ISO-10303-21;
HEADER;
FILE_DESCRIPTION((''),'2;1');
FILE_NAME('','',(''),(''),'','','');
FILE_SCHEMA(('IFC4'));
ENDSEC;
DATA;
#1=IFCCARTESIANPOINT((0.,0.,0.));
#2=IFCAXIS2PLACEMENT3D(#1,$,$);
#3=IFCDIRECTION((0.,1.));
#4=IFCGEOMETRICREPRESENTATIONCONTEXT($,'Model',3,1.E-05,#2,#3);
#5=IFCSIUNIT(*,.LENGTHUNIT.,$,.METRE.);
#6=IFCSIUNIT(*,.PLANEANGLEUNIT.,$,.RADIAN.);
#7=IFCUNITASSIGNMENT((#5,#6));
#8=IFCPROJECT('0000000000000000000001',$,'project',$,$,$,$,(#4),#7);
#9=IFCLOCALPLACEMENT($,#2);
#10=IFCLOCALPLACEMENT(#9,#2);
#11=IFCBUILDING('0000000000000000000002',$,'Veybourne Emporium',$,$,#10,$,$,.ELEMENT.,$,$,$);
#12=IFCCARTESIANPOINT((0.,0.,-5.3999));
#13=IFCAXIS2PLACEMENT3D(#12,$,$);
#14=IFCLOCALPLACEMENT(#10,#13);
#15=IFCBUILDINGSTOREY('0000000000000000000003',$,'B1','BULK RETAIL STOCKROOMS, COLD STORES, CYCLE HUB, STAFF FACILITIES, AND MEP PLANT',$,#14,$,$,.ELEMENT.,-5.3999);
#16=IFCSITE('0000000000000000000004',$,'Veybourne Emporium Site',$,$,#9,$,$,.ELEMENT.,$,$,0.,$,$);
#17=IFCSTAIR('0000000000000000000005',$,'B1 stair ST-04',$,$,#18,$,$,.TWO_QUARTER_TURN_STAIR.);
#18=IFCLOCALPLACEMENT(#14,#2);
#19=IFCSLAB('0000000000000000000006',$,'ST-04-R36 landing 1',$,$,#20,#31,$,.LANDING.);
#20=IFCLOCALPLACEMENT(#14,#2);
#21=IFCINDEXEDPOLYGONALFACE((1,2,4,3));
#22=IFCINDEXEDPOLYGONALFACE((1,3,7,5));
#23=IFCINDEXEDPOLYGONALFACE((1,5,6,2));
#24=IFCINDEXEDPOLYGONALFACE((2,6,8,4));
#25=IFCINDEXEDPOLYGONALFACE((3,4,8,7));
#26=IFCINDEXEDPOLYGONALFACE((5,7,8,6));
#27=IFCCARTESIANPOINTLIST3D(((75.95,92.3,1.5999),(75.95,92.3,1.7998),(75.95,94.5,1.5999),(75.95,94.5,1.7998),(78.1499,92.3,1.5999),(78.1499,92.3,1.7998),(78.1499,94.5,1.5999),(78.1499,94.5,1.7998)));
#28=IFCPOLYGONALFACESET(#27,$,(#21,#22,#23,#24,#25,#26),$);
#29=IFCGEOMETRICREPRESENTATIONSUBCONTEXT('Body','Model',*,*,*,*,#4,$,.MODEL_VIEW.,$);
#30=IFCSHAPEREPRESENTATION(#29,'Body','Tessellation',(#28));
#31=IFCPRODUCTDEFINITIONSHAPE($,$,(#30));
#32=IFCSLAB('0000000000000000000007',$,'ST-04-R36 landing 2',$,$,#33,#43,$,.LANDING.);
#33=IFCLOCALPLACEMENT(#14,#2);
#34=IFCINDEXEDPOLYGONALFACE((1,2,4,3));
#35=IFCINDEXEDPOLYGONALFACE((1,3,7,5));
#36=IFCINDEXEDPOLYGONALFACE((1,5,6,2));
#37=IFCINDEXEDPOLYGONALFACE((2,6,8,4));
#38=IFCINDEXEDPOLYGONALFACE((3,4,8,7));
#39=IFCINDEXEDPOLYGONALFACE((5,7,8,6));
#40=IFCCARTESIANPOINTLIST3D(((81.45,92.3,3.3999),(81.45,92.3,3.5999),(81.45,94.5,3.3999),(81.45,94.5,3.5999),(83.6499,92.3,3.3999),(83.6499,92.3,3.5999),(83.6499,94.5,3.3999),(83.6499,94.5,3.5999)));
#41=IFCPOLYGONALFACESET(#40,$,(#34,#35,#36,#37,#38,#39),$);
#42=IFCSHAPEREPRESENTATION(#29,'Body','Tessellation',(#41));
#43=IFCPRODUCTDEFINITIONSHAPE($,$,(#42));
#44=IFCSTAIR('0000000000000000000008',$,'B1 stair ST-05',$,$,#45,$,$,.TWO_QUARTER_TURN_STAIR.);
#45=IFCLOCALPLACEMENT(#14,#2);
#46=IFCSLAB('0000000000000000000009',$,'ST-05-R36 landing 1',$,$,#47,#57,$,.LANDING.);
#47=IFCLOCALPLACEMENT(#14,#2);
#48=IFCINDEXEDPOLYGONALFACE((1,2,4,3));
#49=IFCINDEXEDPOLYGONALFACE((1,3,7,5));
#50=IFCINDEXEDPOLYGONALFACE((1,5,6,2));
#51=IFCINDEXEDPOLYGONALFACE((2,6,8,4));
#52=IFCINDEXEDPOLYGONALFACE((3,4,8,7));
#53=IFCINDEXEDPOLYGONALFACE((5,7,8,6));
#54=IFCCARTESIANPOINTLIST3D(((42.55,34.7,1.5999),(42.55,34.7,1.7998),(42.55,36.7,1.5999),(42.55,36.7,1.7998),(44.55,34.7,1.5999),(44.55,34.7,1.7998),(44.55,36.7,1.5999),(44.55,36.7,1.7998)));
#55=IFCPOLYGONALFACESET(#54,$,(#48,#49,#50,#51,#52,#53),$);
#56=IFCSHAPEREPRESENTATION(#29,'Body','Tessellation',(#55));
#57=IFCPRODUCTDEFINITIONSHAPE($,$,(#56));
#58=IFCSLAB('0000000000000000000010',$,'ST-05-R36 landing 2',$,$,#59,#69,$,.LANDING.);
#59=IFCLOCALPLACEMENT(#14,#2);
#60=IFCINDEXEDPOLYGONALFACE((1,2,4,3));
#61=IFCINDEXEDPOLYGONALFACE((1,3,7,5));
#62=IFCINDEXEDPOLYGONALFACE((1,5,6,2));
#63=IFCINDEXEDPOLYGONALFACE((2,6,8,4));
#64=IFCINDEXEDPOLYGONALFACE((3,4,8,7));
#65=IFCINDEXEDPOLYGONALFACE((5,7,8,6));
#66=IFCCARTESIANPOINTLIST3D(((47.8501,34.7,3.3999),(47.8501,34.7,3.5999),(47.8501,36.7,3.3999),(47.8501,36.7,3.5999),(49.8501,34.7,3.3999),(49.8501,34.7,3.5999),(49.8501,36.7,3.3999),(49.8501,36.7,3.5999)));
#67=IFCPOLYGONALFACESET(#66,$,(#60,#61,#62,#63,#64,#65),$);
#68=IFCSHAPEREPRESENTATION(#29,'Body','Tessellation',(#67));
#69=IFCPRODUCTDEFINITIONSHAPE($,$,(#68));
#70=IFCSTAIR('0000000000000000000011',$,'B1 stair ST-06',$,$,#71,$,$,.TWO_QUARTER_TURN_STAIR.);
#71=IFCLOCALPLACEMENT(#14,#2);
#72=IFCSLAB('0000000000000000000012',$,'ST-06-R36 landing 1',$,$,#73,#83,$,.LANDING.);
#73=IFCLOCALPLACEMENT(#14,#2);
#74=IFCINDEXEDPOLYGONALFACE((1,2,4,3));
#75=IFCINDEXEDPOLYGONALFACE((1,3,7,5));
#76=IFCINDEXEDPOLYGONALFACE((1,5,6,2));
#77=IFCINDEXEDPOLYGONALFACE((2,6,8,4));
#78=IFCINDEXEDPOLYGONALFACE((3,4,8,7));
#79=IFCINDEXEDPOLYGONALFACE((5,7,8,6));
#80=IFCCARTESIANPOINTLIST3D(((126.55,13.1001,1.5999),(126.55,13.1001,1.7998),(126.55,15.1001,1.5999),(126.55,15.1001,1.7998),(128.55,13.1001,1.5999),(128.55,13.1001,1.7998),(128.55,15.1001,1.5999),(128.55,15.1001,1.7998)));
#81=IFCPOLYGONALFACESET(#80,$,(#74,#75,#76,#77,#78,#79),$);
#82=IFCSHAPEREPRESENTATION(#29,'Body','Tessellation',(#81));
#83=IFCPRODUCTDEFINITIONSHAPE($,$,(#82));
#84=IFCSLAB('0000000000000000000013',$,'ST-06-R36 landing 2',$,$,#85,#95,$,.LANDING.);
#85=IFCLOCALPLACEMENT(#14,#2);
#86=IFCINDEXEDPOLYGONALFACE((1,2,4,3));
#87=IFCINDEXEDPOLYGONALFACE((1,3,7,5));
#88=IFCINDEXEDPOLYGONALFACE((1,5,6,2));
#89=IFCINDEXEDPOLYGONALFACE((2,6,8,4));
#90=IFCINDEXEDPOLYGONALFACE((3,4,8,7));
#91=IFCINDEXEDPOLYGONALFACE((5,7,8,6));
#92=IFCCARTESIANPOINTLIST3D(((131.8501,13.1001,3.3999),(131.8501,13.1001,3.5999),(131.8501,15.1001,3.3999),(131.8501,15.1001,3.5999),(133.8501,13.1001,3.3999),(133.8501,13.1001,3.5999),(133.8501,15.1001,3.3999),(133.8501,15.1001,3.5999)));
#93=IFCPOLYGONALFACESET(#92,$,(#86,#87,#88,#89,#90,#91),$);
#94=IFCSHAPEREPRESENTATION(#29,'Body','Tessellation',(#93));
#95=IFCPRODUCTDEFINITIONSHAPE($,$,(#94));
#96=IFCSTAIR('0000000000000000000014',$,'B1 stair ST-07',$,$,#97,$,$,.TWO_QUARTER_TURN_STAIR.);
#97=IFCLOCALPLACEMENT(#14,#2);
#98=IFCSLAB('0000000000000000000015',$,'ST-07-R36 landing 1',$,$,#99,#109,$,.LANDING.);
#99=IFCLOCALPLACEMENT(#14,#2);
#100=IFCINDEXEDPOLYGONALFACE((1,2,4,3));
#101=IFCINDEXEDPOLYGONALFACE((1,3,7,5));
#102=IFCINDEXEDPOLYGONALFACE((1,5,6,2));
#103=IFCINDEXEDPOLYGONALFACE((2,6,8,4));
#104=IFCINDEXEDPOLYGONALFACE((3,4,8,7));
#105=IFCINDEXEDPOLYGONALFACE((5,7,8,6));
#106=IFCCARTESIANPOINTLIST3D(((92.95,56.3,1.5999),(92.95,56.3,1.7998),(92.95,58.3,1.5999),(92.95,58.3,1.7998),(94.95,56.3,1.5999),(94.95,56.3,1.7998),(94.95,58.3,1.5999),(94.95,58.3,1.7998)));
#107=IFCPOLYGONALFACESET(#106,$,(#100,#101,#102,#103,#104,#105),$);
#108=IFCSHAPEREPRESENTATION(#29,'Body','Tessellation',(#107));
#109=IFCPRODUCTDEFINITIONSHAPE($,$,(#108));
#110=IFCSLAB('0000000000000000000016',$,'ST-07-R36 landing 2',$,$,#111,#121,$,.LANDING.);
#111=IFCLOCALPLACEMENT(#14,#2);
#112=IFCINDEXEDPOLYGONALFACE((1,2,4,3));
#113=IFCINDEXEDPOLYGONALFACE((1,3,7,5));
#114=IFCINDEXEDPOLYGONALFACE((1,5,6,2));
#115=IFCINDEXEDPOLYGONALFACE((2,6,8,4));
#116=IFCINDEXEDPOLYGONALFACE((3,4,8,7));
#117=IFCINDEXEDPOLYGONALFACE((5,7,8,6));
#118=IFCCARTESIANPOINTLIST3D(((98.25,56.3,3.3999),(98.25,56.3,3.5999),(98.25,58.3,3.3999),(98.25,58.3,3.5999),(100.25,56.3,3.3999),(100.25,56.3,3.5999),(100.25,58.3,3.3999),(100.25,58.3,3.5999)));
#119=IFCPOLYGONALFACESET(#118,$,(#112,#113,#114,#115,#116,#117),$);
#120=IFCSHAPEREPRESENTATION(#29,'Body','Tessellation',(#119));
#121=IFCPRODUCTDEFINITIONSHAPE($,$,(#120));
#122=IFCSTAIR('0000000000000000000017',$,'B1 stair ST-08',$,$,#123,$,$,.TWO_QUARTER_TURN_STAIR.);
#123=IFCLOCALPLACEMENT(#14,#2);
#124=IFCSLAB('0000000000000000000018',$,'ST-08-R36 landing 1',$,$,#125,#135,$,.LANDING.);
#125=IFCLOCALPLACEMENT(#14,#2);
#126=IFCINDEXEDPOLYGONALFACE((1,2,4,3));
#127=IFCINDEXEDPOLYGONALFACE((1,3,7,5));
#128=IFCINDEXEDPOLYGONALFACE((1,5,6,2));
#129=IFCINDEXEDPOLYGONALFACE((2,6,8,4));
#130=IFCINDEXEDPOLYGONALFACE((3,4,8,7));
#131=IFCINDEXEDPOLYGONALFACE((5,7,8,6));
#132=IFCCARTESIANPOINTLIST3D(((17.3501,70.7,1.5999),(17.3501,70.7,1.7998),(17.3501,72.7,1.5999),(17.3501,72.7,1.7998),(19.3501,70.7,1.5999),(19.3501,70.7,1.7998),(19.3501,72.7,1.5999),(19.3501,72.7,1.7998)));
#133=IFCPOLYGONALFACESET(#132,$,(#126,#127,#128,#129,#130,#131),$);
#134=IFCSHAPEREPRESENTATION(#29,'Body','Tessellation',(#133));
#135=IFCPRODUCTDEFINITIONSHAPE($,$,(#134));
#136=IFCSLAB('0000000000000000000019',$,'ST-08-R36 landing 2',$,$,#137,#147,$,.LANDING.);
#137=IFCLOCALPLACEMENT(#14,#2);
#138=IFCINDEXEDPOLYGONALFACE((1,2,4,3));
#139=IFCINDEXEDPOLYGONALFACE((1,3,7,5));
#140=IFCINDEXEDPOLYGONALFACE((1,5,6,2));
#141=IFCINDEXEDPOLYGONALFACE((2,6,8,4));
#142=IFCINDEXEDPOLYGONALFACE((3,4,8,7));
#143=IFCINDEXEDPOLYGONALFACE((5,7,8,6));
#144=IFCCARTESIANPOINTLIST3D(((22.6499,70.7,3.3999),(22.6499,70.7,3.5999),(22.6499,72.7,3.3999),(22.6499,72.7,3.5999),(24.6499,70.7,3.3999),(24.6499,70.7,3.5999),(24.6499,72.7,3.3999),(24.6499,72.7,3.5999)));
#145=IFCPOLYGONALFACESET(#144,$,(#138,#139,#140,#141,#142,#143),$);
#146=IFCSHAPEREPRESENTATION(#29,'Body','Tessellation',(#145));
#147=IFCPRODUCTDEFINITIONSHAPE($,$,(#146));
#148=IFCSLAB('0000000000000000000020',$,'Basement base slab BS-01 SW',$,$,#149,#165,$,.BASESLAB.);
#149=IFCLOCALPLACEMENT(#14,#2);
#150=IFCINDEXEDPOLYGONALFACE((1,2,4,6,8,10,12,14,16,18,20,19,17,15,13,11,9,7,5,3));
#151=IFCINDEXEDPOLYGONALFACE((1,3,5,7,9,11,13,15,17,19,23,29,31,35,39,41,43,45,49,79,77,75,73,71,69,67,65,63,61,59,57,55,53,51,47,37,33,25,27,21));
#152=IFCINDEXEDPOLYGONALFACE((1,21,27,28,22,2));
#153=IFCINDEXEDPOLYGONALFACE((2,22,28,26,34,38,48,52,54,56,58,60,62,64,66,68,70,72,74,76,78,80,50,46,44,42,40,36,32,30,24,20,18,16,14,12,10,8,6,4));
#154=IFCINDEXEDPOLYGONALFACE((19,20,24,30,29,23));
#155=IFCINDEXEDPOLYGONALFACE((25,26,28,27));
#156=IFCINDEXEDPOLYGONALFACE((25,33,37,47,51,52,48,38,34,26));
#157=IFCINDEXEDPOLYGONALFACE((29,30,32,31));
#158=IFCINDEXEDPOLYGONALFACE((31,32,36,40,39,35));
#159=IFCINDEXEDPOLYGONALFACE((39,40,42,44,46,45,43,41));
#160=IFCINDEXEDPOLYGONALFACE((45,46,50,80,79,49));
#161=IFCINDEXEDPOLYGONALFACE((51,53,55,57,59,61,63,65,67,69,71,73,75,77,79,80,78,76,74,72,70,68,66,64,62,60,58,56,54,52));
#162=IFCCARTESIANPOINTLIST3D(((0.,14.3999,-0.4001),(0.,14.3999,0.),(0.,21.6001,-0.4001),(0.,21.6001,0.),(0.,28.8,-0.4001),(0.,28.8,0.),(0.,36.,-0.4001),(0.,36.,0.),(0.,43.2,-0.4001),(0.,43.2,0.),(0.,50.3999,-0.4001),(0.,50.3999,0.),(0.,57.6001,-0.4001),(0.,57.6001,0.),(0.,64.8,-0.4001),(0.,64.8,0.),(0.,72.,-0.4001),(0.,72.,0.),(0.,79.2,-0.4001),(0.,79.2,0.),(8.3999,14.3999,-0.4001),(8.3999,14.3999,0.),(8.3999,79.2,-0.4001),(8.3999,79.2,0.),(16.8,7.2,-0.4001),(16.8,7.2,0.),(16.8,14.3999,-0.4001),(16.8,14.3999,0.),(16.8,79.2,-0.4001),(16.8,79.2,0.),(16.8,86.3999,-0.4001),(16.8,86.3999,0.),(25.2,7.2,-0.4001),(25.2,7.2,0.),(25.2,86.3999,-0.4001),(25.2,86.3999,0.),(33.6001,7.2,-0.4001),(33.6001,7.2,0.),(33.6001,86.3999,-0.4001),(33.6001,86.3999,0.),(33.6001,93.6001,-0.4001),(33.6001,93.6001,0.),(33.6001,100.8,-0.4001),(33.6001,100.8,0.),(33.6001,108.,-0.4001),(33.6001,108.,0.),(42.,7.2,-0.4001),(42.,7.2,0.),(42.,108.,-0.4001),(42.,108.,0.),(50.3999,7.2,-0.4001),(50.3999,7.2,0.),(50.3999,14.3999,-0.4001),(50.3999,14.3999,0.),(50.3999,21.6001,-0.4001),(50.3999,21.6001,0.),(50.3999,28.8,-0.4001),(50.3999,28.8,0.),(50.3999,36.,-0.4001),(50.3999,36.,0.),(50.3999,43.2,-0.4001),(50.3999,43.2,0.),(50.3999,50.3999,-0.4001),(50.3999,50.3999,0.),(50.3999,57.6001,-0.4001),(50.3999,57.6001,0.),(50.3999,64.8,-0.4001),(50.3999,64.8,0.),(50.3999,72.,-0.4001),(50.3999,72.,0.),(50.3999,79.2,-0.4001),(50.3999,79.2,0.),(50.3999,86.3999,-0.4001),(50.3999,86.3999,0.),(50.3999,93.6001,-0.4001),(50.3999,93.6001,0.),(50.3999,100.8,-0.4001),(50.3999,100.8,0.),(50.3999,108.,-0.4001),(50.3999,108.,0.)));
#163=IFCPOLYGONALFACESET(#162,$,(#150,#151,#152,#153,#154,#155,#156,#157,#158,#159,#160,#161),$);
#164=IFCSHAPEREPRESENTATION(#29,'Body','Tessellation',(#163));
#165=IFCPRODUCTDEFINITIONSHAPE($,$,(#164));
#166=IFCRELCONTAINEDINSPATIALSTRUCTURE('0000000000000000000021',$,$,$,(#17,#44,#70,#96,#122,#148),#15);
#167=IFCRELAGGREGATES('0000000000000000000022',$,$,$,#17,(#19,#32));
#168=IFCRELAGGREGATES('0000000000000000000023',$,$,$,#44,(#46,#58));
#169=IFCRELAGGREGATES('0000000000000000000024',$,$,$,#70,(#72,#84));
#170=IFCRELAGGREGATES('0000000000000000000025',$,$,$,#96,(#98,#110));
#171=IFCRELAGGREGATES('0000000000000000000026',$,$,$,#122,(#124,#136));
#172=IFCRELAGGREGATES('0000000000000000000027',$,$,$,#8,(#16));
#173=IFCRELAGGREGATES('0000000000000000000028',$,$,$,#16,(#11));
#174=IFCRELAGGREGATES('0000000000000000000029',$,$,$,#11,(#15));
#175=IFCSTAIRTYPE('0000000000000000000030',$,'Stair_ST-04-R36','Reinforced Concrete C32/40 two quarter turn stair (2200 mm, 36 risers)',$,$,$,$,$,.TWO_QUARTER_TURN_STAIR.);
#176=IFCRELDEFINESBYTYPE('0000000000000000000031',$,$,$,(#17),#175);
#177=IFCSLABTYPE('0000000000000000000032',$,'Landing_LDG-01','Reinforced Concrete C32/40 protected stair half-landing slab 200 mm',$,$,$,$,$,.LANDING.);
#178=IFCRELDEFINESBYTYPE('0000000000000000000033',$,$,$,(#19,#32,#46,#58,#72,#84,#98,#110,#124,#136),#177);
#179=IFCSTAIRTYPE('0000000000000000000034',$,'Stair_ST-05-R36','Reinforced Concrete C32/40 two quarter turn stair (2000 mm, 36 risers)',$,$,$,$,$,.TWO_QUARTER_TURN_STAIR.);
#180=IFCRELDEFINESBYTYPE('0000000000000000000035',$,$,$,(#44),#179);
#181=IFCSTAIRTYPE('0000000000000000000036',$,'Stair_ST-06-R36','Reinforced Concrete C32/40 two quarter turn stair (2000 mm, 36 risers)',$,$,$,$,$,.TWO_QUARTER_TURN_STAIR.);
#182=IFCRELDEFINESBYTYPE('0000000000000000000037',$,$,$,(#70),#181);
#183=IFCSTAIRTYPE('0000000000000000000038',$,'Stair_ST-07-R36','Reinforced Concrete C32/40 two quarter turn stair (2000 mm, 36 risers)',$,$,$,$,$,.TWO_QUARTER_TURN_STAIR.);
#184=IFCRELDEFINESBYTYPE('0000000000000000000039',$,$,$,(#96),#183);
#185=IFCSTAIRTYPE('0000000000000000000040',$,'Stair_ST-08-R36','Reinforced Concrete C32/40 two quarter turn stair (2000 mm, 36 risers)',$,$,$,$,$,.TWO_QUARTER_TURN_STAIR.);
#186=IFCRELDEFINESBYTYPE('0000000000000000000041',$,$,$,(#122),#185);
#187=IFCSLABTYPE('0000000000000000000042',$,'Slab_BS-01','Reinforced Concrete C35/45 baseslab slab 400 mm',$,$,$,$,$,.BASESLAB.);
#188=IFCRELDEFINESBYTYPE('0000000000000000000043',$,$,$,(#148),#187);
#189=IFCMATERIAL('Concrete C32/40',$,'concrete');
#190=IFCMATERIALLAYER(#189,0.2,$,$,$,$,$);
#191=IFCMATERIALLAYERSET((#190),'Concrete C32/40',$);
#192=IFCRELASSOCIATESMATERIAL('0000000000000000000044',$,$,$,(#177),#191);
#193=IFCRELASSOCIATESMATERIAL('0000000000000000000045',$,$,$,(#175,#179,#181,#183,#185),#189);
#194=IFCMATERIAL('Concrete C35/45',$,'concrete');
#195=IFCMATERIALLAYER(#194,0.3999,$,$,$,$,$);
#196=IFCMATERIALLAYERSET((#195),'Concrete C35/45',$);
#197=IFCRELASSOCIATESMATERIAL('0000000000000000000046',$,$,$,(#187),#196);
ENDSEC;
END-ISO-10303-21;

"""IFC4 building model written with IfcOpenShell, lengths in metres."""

from ifc_helpers import new_model, si_unit, direction, frame, origin, place, context, subcontext, project, spatial, polyline, outline, extrude, material, layer, layer_set, type_object, element, aggregate, save


model = new_model("IFC4")

# Units and contexts
model_context = context("Model", 3, precision=1e-05, world=origin(), true_north=direction((0.0, 1.0)))
body_context = subcontext(model_context, "Body", "Model", "MODEL_VIEW")
ifc_project = project(units=[si_unit("LENGTHUNIT", "METRE"), si_unit("PLANEANGLEUNIT", "RADIAN")], contexts=[model_context])

# Site, building, storey
site_placement = place(None, origin())
site = spatial("IfcSite", under=ifc_project, at=site_placement, Name="Veybourne Emporium Site", CompositionType="ELEMENT", RefElevation=0.0)
building_placement = place(site_placement, origin())
building = spatial("IfcBuilding", under=site, at=building_placement, Name="Veybourne Emporium", CompositionType="ELEMENT")
storey_placement = place(building_placement, frame((0.0, 0.0, -5.3999)))
storey = spatial("IfcBuildingStorey", under=building, at=storey_placement, Name="B1", Description="BULK RETAIL STOCKROOMS, COLD STORES, CYCLE HUB, STAFF FACILITIES, AND MEP PLANT", CompositionType="ELEMENT", Elevation=-5.3999)

# Shared definitions
ifc_material_1 = material(Name="Concrete C35/45", Category="concrete")

# Stairs, slabs
ifc_material_2 = material(Name="Concrete C32/40", Category="concrete")
ifc_layer_1 = layer(ifc_material_2, 0.2)
ifc_layer_set_1 = layer_set([ifc_layer_1], Name="Concrete C32/40")
slab_type_1 = type_object("IfcSlabType", Name="Landing_LDG-01", Description="Reinforced Concrete C32/40 protected stair half-landing slab 200 mm", PredefinedType="LANDING", material=ifc_layer_set_1)
stair_type_1 = type_object("IfcStairType", Name="Stair_ST-04-R36", Description="Reinforced Concrete C32/40 two quarter turn stair (2200 mm, 36 risers)", PredefinedType="TWO_QUARTER_TURN_STAIR", material=ifc_material_2)
stair_1_placement = place(storey_placement, origin())
stair_1 = element("IfcStair", 1, at=stair_1_placement, inside=storey, type_object=stair_type_1, Name="B1 stair ST-04", PredefinedType="TWO_QUARTER_TURN_STAIR")
slab_1_placement = place(storey_placement, frame((0.0, 0.0, 1.5999)))
slab_1 = element("IfcSlab", 2, at=slab_1_placement, type_object=slab_type_1, Name="ST-04-R36 landing 1", PredefinedType="LANDING", context=body_context, shape_type="SweptSolid", body=[
    extrude(outline(polyline([(75.95, 92.3), (78.1499, 92.3), (78.1499, 94.5), (75.95, 94.5), (75.95, 92.3)])), origin(), (0.0, 0.0, 1.0), 0.2),
])
slab_2_placement = place(storey_placement, frame((0.0, 0.0, 3.3999)))
slab_2 = element("IfcSlab", 3, at=slab_2_placement, type_object=slab_type_1, Name="ST-04-R36 landing 2", PredefinedType="LANDING", context=body_context, shape_type="SweptSolid", body=[
    extrude(outline(polyline([(81.45, 92.3), (83.6499, 92.3), (83.6499, 94.5), (81.45, 94.5), (81.45, 92.3)])), origin(), (0.0, 0.0, 1.0), 0.2),
])
aggregate(stair_1, [slab_1, slab_2])
stair_type_2 = type_object("IfcStairType", Name="Stair_ST-05-R36", Description="Reinforced Concrete C32/40 two quarter turn stair (2000 mm, 36 risers)", PredefinedType="TWO_QUARTER_TURN_STAIR", material=ifc_material_2)
stair_2_placement = place(storey_placement, origin())
stair_2 = element("IfcStair", 4, at=stair_2_placement, inside=storey, type_object=stair_type_2, Name="B1 stair ST-05", PredefinedType="TWO_QUARTER_TURN_STAIR")
slab_3_placement = place(storey_placement, frame((0.0, 0.0, 1.5999)))
slab_3 = element("IfcSlab", 5, at=slab_3_placement, type_object=slab_type_1, Name="ST-05-R36 landing 1", PredefinedType="LANDING", context=body_context, shape_type="SweptSolid", body=[
    extrude(outline(polyline([(42.55, 34.7), (44.55, 34.7), (44.55, 36.7), (42.55, 36.7), (42.55, 34.7)])), origin(), (0.0, 0.0, 1.0), 0.2),
])
slab_4_placement = place(storey_placement, frame((0.0, 0.0, 3.3999)))
slab_4 = element("IfcSlab", 6, at=slab_4_placement, type_object=slab_type_1, Name="ST-05-R36 landing 2", PredefinedType="LANDING", context=body_context, shape_type="SweptSolid", body=[
    extrude(outline(polyline([(47.8501, 34.7), (49.8501, 34.7), (49.8501, 36.7), (47.8501, 36.7), (47.8501, 34.7)])), origin(), (0.0, 0.0, 1.0), 0.2),
])
aggregate(stair_2, [slab_3, slab_4])
stair_type_3 = type_object("IfcStairType", Name="Stair_ST-06-R36", Description="Reinforced Concrete C32/40 two quarter turn stair (2000 mm, 36 risers)", PredefinedType="TWO_QUARTER_TURN_STAIR", material=ifc_material_2)
stair_3_placement = place(storey_placement, origin())
stair_3 = element("IfcStair", 7, at=stair_3_placement, inside=storey, type_object=stair_type_3, Name="B1 stair ST-06", PredefinedType="TWO_QUARTER_TURN_STAIR")
slab_5_placement = place(storey_placement, frame((0.0, 0.0, 1.5999)))
slab_5 = element("IfcSlab", 8, at=slab_5_placement, type_object=slab_type_1, Name="ST-06-R36 landing 1", PredefinedType="LANDING", context=body_context, shape_type="SweptSolid", body=[
    extrude(outline(polyline([(126.55, 13.1001), (128.55, 13.1001), (128.55, 15.1001), (126.55, 15.1001), (126.55, 13.1001)])), origin(), (0.0, 0.0, 1.0), 0.2),
])
slab_6_placement = place(storey_placement, frame((0.0, 0.0, 3.3999)))
slab_6 = element("IfcSlab", 9, at=slab_6_placement, type_object=slab_type_1, Name="ST-06-R36 landing 2", PredefinedType="LANDING", context=body_context, shape_type="SweptSolid", body=[
    extrude(outline(polyline([(131.8501, 13.1001), (133.8501, 13.1001), (133.8501, 15.1001), (131.8501, 15.1001), (131.8501, 13.1001)])), origin(), (0.0, 0.0, 1.0), 0.2),
])
aggregate(stair_3, [slab_5, slab_6])
stair_type_4 = type_object("IfcStairType", Name="Stair_ST-07-R36", Description="Reinforced Concrete C32/40 two quarter turn stair (2000 mm, 36 risers)", PredefinedType="TWO_QUARTER_TURN_STAIR", material=ifc_material_2)
stair_4_placement = place(storey_placement, origin())
stair_4 = element("IfcStair", 10, at=stair_4_placement, inside=storey, type_object=stair_type_4, Name="B1 stair ST-07", PredefinedType="TWO_QUARTER_TURN_STAIR")
slab_7_placement = place(storey_placement, frame((0.0, 0.0, 1.5999)))
slab_7 = element("IfcSlab", 11, at=slab_7_placement, type_object=slab_type_1, Name="ST-07-R36 landing 1", PredefinedType="LANDING", context=body_context, shape_type="SweptSolid", body=[
    extrude(outline(polyline([(92.95, 56.3), (94.95, 56.3), (94.95, 58.3), (92.95, 58.3), (92.95, 56.3)])), origin(), (0.0, 0.0, 1.0), 0.2),
])
slab_8_placement = place(storey_placement, frame((0.0, 0.0, 3.3999)))
slab_8 = element("IfcSlab", 12, at=slab_8_placement, type_object=slab_type_1, Name="ST-07-R36 landing 2", PredefinedType="LANDING", context=body_context, shape_type="SweptSolid", body=[
    extrude(outline(polyline([(98.25, 56.3), (100.25, 56.3), (100.25, 58.3), (98.25, 58.3), (98.25, 56.3)])), origin(), (0.0, 0.0, 1.0), 0.2),
])
aggregate(stair_4, [slab_7, slab_8])
stair_type_5 = type_object("IfcStairType", Name="Stair_ST-08-R36", Description="Reinforced Concrete C32/40 two quarter turn stair (2000 mm, 36 risers)", PredefinedType="TWO_QUARTER_TURN_STAIR", material=ifc_material_2)
stair_5_placement = place(storey_placement, origin())
stair_5 = element("IfcStair", 13, at=stair_5_placement, inside=storey, type_object=stair_type_5, Name="B1 stair ST-08", PredefinedType="TWO_QUARTER_TURN_STAIR")
slab_9_placement = place(storey_placement, frame((0.0, 0.0, 1.5999)))
slab_9 = element("IfcSlab", 14, at=slab_9_placement, type_object=slab_type_1, Name="ST-08-R36 landing 1", PredefinedType="LANDING", context=body_context, shape_type="SweptSolid", body=[
    extrude(outline(polyline([(17.3501, 70.7), (19.3501, 70.7), (19.3501, 72.7), (17.3501, 72.7), (17.3501, 70.7)])), origin(), (0.0, 0.0, 1.0), 0.2),
])
slab_10_placement = place(storey_placement, frame((0.0, 0.0, 3.3999)))
slab_10 = element("IfcSlab", 15, at=slab_10_placement, type_object=slab_type_1, Name="ST-08-R36 landing 2", PredefinedType="LANDING", context=body_context, shape_type="SweptSolid", body=[
    extrude(outline(polyline([(22.6499, 70.7), (24.6499, 70.7), (24.6499, 72.7), (22.6499, 72.7), (22.6499, 70.7)])), origin(), (0.0, 0.0, 1.0), 0.2),
])
aggregate(stair_5, [slab_9, slab_10])

# Slab
ifc_layer_2 = layer(ifc_material_1, 0.3999)
ifc_layer_set_2 = layer_set([ifc_layer_2], Name="Concrete C35/45")
slab_type_2 = type_object("IfcSlabType", Name="Slab_BS-01", Description="Reinforced Concrete C35/45 baseslab slab 400 mm", PredefinedType="BASESLAB", material=ifc_layer_set_2)
slab_11_placement = place(storey_placement, frame((0.0, 0.0, -0.4001)))
element("IfcSlab", 16, at=slab_11_placement, inside=storey, type_object=slab_type_2, Name="Basement base slab BS-01 SW", PredefinedType="BASESLAB", context=body_context, shape_type="SweptSolid", body=[
    extrude(outline(polyline([(0.0, 21.6001), (0.0, 28.8), (0.0, 36.0), (0.0, 43.2), (0.0, 50.3999), (0.0, 57.6001), (0.0, 64.8), (0.0, 72.0), (0.0, 79.2), (8.3999, 79.2), (16.8, 79.2), (16.8, 86.3999), (25.2, 86.3999), (33.6001, 86.3999), (33.6001, 93.6001), (33.6001, 100.8), (33.6001, 108.0), (42.0, 108.0), (50.3999, 108.0), (50.3999, 100.8), (50.3999, 93.6001), (50.3999, 86.3999), (50.3999, 79.2), (50.3999, 72.0), (50.3999, 64.8), (50.3999, 57.6001), (50.3999, 50.3999), (50.3999, 43.2), (50.3999, 36.0), (50.3999, 28.8), (50.3999, 21.6001), (50.3999, 14.3999), (50.3999, 7.2), (42.0, 7.2), (33.6001, 7.2), (25.2, 7.2), (16.8, 7.2), (16.8, 14.3999), (8.3999, 14.3999), (0.0, 14.3999), (0.0, 21.6001)])), origin(), (0.0, 0.0, 1.0), 0.4001),
])

save(model, "model.ifc")
